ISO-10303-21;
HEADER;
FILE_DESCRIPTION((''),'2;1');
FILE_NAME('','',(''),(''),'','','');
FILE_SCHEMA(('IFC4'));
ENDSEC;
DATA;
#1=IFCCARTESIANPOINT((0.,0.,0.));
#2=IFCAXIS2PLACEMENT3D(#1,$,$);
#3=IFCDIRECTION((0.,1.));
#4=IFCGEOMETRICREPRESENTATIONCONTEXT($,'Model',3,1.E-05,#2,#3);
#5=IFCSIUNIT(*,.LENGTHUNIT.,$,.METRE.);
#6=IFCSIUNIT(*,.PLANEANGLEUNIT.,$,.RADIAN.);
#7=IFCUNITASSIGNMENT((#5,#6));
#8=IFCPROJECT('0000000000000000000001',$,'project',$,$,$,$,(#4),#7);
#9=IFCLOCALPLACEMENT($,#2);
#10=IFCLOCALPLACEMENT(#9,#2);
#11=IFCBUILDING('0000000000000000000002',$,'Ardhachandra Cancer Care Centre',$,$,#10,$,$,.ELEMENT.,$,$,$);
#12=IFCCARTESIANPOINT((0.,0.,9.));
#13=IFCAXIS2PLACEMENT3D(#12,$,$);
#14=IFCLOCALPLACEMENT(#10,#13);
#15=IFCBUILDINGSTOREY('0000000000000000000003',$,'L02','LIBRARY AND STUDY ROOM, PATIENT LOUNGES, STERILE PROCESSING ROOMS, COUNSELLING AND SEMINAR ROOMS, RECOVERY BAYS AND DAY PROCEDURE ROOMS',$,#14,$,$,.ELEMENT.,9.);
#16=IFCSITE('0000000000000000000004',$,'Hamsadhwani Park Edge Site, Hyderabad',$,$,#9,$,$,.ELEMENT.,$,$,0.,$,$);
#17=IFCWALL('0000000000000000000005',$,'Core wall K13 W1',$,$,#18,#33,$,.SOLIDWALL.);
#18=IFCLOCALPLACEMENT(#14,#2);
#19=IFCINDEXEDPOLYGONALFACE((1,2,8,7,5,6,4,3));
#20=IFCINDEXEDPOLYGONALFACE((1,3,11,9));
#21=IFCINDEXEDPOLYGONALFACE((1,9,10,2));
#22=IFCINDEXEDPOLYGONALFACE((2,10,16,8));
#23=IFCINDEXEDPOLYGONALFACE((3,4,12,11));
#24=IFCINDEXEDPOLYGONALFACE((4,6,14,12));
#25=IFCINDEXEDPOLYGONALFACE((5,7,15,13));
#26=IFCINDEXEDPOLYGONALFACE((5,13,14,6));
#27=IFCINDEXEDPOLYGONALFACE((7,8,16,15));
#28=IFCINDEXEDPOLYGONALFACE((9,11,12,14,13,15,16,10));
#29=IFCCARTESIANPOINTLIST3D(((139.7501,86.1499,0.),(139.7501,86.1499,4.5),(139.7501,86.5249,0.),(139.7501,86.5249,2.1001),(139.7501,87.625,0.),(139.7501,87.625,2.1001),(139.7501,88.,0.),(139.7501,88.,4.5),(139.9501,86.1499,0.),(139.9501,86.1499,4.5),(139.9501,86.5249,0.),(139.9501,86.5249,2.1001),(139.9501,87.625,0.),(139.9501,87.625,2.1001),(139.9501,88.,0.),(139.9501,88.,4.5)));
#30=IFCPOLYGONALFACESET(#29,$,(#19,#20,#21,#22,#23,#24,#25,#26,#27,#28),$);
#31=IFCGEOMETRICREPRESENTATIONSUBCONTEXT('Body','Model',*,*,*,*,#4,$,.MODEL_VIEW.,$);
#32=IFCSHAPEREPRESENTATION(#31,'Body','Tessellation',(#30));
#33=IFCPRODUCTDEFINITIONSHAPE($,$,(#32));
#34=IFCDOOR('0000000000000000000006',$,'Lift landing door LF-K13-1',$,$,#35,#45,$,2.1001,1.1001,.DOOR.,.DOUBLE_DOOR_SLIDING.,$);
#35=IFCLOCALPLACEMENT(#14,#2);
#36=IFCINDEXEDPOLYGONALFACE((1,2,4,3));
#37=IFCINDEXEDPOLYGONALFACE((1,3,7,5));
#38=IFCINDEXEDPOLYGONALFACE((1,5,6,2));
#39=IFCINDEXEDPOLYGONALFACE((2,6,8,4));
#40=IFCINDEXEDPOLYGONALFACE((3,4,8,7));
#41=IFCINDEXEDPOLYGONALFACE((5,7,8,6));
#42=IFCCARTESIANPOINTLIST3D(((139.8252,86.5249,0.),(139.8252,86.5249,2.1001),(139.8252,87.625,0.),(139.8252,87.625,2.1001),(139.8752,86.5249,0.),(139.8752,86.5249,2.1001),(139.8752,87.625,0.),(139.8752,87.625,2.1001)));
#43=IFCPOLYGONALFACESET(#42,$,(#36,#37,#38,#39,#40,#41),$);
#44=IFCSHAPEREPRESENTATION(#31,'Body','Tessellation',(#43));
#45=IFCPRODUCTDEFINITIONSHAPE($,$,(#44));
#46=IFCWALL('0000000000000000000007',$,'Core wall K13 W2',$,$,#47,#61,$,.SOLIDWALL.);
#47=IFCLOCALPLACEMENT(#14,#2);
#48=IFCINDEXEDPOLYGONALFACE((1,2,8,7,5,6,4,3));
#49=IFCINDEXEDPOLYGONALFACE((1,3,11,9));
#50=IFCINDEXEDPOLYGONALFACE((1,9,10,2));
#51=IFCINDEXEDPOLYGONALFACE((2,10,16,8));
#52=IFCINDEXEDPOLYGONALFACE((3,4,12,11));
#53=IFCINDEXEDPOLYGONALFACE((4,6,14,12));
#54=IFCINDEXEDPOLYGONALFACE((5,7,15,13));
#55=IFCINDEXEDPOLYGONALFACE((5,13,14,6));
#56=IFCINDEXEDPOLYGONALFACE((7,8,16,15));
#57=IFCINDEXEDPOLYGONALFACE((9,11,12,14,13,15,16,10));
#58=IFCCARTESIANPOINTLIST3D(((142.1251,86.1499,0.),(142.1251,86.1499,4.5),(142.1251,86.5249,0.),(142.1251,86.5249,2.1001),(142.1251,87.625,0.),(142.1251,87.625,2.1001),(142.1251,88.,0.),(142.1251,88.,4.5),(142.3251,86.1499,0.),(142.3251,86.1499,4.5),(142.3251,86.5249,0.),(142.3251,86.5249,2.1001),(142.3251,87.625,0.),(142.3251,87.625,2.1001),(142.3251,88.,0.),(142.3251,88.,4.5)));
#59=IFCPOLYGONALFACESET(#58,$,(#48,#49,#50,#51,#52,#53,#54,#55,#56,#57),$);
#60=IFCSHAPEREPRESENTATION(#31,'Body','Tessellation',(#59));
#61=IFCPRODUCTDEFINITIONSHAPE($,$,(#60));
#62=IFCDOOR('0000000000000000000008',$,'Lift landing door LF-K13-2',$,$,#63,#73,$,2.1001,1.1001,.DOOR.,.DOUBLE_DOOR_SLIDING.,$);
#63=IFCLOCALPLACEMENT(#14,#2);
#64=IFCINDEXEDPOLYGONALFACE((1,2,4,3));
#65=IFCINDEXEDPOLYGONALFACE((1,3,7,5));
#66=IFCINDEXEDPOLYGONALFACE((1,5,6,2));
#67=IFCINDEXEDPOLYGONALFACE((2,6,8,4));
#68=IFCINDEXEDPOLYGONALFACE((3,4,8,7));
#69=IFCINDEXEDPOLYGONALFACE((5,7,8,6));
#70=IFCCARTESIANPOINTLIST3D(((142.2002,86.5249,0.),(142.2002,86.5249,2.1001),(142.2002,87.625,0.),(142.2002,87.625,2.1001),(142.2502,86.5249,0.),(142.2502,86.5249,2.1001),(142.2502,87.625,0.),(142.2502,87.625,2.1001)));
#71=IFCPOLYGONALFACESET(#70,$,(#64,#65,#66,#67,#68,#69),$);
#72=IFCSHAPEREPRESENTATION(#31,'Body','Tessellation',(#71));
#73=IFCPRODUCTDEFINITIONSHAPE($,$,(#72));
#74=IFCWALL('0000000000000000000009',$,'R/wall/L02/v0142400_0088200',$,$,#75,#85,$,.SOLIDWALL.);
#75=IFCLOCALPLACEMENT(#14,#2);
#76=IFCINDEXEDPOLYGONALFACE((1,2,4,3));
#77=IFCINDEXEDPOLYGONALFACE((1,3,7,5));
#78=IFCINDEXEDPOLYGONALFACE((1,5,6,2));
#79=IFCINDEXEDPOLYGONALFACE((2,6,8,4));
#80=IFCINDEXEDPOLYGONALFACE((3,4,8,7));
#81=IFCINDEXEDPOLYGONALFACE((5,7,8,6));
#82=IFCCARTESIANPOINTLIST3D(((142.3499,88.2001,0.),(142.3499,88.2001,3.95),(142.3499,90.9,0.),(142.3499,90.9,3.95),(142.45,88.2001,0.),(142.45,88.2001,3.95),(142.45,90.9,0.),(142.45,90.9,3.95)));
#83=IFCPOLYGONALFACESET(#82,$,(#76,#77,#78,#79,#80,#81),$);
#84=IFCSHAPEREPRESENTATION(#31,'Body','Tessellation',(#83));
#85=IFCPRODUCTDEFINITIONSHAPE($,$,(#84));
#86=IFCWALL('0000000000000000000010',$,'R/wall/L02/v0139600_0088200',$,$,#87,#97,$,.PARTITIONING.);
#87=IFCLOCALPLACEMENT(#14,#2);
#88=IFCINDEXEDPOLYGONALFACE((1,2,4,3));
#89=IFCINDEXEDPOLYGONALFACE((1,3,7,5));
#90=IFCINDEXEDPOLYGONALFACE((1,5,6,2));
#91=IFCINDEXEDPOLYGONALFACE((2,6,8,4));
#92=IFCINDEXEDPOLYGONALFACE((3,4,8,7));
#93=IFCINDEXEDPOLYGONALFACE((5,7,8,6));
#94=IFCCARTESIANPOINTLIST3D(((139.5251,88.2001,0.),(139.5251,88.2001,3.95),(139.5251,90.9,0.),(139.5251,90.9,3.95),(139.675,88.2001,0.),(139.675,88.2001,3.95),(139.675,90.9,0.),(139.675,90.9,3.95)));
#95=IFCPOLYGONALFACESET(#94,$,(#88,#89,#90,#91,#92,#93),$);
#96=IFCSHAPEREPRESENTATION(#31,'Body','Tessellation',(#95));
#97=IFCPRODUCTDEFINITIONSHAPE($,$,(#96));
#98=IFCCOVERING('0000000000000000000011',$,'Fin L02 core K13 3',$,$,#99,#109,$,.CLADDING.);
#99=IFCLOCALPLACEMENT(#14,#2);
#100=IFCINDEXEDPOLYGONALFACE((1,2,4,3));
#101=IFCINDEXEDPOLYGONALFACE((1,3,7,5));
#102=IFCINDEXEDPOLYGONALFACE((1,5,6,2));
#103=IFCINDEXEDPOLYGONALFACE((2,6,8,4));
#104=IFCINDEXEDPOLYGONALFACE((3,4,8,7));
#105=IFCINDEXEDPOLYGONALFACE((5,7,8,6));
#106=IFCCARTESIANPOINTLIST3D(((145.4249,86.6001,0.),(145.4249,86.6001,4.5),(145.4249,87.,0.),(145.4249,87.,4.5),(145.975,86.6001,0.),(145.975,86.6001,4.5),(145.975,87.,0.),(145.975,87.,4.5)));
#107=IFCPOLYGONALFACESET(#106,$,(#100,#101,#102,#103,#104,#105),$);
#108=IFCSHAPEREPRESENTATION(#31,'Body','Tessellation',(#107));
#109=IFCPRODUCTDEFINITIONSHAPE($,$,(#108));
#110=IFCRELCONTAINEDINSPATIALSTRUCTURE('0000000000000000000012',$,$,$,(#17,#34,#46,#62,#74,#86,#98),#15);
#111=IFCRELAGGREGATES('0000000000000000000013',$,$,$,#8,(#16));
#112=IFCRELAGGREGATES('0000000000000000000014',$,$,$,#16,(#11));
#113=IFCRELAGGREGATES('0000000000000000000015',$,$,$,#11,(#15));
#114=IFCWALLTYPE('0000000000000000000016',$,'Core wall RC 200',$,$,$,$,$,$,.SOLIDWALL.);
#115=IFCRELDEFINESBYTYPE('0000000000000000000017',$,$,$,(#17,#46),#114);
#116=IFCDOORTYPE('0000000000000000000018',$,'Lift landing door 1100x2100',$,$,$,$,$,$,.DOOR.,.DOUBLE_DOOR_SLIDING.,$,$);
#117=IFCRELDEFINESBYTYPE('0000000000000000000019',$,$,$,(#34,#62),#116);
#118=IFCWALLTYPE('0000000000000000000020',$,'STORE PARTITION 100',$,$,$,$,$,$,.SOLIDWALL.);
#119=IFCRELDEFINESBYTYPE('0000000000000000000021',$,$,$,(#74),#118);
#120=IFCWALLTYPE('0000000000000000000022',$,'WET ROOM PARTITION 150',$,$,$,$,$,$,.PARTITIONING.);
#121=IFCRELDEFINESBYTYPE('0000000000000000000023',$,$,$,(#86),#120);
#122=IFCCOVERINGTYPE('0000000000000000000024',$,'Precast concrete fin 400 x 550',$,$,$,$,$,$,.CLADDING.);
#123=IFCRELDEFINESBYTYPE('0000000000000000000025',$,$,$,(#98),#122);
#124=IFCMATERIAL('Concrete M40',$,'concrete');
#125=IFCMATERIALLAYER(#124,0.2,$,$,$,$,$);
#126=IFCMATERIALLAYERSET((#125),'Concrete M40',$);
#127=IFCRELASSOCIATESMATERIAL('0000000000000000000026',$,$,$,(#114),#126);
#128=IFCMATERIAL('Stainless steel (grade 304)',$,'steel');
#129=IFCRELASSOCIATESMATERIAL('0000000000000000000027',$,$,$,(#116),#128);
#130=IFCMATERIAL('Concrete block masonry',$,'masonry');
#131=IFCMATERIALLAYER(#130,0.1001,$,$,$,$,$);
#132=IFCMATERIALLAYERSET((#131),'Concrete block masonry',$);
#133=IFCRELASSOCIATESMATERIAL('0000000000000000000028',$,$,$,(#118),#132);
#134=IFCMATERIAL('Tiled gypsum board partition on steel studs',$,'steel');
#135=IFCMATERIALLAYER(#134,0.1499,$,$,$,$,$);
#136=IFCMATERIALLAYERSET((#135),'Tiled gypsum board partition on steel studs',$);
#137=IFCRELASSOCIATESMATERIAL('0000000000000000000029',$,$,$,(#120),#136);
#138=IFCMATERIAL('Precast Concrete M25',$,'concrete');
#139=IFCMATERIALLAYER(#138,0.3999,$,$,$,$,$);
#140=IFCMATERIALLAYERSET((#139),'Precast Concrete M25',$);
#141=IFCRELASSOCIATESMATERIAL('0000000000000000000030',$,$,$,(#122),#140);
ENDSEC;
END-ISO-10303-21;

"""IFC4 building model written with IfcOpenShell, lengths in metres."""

from ifc_helpers import new_model, si_unit, direction, frame, frame_2d, origin, origin_2d, place, context, subcontext, project, spatial, rectangle, extrude, material, layer, layer_set, type_object, element, fill, save


model = new_model("IFC4")

# Units and contexts
model_context = context("Model", 3, precision=1e-05, world=origin(), true_north=direction((0.0, 1.0)))
body_context = subcontext(model_context, "Body", "Model", "MODEL_VIEW")
ifc_project = project(units=[si_unit("LENGTHUNIT", "METRE"), si_unit("PLANEANGLEUNIT", "RADIAN")], contexts=[model_context])

# Site, building, storey
site_placement = place(None, origin())
site = spatial("IfcSite", under=ifc_project, at=site_placement, Name="Hamsadhwani Park Edge Site, Hyderabad", CompositionType="ELEMENT", RefElevation=0.0)
building_placement = place(site_placement, origin())
building = spatial("IfcBuilding", under=site, at=building_placement, Name="Ardhachandra Cancer Care Centre", CompositionType="ELEMENT")
storey_placement = place(building_placement, frame((0.0, 0.0, 9.0)))
storey = spatial("IfcBuildingStorey", under=building, at=storey_placement, Name="L02", Description="LIBRARY AND STUDY ROOM, PATIENT LOUNGES, STERILE PROCESSING ROOMS, COUNSELLING AND SEMINAR ROOMS, RECOVERY BAYS AND DAY PROCEDURE ROOMS", CompositionType="ELEMENT", Elevation=9.0)

# Shared definitions
ifc_material_1 = material(Name="Concrete M40", Category="concrete")
ifc_layer_1 = layer(ifc_material_1, 0.2)
ifc_layer_set_1 = layer_set([ifc_layer_1], Name="Concrete M40")
wall_type_1 = type_object("IfcWallType", Name="Core wall RC 200", PredefinedType="SOLIDWALL", material=ifc_layer_set_1)

# Walls, openings, doors
wall_1_placement = place(storey_placement, frame((139.8501, 86.1499, 0.0), z_axis=(0.0, 0.0, 1.0), x_axis=(0.0, 1.0, 0.0)))
wall_1 = element("IfcWall", 1, at=wall_1_placement, inside=storey, type_object=wall_type_1, Name="Core wall K13 W1", PredefinedType="SOLIDWALL", context=body_context, shape_type="SweptSolid", body=[
    extrude(rectangle(XDim=1.8501, YDim=0.2, at=frame_2d((0.925, 0.0))), origin(), (0.0, 0.0, 1.0), 4.5),
])
opening_1_placement = place(wall_1_placement, frame((0.375, 0.0, 0.0)))
opening_1 = element("IfcOpeningElement", 2, at=opening_1_placement, cuts=wall_1, PredefinedType="OPENING", context=body_context, shape_type="SweptSolid", body=[
    extrude(rectangle(XDim=1.1001, YDim=2.1001, at=frame_2d((0.55, 1.05))), frame((0.0, 0.1099, 0.0), z_axis=(0.0, -1.0, 0.0), x_axis=(1.0, 0.0, 0.0)), (0.0, 0.0, 1.0), 0.22),
])
ifc_material_2 = material(Name="Stainless steel (grade 304)", Category="steel")
door_type_1 = type_object("IfcDoorType", Name="Lift landing door 1100x2100", OperationType="DOUBLE_DOOR_SLIDING", PredefinedType="DOOR", material=ifc_material_2)
door_1_placement = place(opening_1_placement, origin())
door_1 = element("IfcDoor", 3, at=door_1_placement, inside=storey, type_object=door_type_1, Name="Lift landing door LF-K13-1", OperationType="DOUBLE_DOOR_SLIDING", OverallHeight=2.1001, OverallWidth=1.1001, PredefinedType="DOOR", context=body_context, shape_type="SweptSolid", body=[
    extrude(rectangle(XDim=1.1001, YDim=2.1001, at=frame_2d((0.55, 1.05))), frame((0.0, 0.0249, 0.0), z_axis=(0.0, -1.0, 0.0), x_axis=(1.0, 0.0, 0.0)), (0.0, 0.0, 1.0), 0.05),
])
fill(opening_1, door_1)
wall_2_placement = place(storey_placement, frame((142.2251, 86.1499, 0.0), z_axis=(0.0, 0.0, 1.0), x_axis=(0.0, 1.0, 0.0)))
wall_2 = element("IfcWall", 4, at=wall_2_placement, inside=storey, type_object=wall_type_1, Name="Core wall K13 W2", PredefinedType="SOLIDWALL", context=body_context, shape_type="SweptSolid", body=[
    extrude(rectangle(XDim=1.8501, YDim=0.2, at=frame_2d((0.925, 0.0))), origin(), (0.0, 0.0, 1.0), 4.5),
])
opening_2_placement = place(wall_2_placement, frame((0.375, 0.0, 0.0)))
opening_2 = element("IfcOpeningElement", 5, at=opening_2_placement, cuts=wall_2, PredefinedType="OPENING", context=body_context, shape_type="SweptSolid", body=[
    extrude(rectangle(XDim=1.1001, YDim=2.1001, at=frame_2d((0.55, 1.05))), frame((0.0, 0.1099, 0.0), z_axis=(0.0, -1.0, 0.0), x_axis=(1.0, 0.0, 0.0)), (0.0, 0.0, 1.0), 0.22),
])
door_2_placement = place(opening_2_placement, origin())
door_2 = element("IfcDoor", 6, at=door_2_placement, inside=storey, type_object=door_type_1, Name="Lift landing door LF-K13-2", OperationType="DOUBLE_DOOR_SLIDING", OverallHeight=2.1001, OverallWidth=1.1001, PredefinedType="DOOR", context=body_context, shape_type="SweptSolid", body=[
    extrude(rectangle(XDim=1.1001, YDim=2.1001, at=frame_2d((0.55, 1.05))), frame((0.0, 0.0249, 0.0), z_axis=(0.0, -1.0, 0.0), x_axis=(1.0, 0.0, 0.0)), (0.0, 0.0, 1.0), 0.05),
])
fill(opening_2, door_2)

# Walls
ifc_material_3 = material(Name="Concrete block masonry", Category="masonry")
ifc_layer_2 = layer(ifc_material_3, 0.1001)
ifc_layer_set_2 = layer_set([ifc_layer_2], Name="Concrete block masonry")
wall_type_2 = type_object("IfcWallType", Name="STORE PARTITION 100", PredefinedType="SOLIDWALL", material=ifc_layer_set_2)
wall_3_placement = place(storey_placement, frame((142.3999, 88.2, 0.0), z_axis=(0.0, 0.0, 1.0), x_axis=(0.0, 1.0, 0.0)))
element("IfcWall", 7, at=wall_3_placement, inside=storey, type_object=wall_type_2, Name="R/wall/L02/v0142400_0088200", PredefinedType="SOLIDWALL", context=body_context, shape_type="SweptSolid", body=[
    extrude(rectangle(XDim=2.7, YDim=0.1001, at=frame_2d((1.3501, 0.0))), origin(), (0.0, 0.0, 1.0), 3.95),
])
ifc_material_4 = material(Name="Tiled gypsum board partition on steel studs", Category="steel")
ifc_layer_3 = layer(ifc_material_4, 0.1499)
ifc_layer_set_3 = layer_set([ifc_layer_3], Name="Tiled gypsum board partition on steel studs")
wall_type_3 = type_object("IfcWallType", Name="WET ROOM PARTITION 150", PredefinedType="PARTITIONING", material=ifc_layer_set_3)
wall_4_placement = place(storey_placement, frame((139.6001, 88.2, 0.0), z_axis=(0.0, 0.0, 1.0), x_axis=(0.0, 1.0, 0.0)))
element("IfcWall", 8, at=wall_4_placement, inside=storey, type_object=wall_type_3, Name="R/wall/L02/v0139600_0088200", PredefinedType="PARTITIONING", context=body_context, shape_type="SweptSolid", body=[
    extrude(rectangle(XDim=2.7, YDim=0.1499, at=frame_2d((1.3501, 0.0))), origin(), (0.0, 0.0, 1.0), 3.95),
])

# Covering
ifc_material_5 = material(Name="Precast Concrete M25", Category="concrete")
ifc_layer_4 = layer(ifc_material_5, 0.3999)
ifc_layer_set_4 = layer_set([ifc_layer_4], Name="Precast Concrete M25")
covering_type = type_object("IfcCoveringType", Name="Precast concrete fin 400 x 550", PredefinedType="CLADDING", material=ifc_layer_set_4)
covering_placement = place(storey_placement, frame((145.7, 86.8, 0.0), z_axis=(0.0, 0.0, 1.0), x_axis=(0.0, 1.0, 0.0)))
element("IfcCovering", 9, at=covering_placement, inside=storey, type_object=covering_type, Name="Fin L02 core K13 3", PredefinedType="CLADDING", context=body_context, shape_type="SweptSolid", body=[
    extrude(rectangle(XDim=0.3999, YDim=0.55, at=origin_2d()), origin(), (0.0, 0.0, 1.0), 4.5),
])

save(model, "model.ifc")
